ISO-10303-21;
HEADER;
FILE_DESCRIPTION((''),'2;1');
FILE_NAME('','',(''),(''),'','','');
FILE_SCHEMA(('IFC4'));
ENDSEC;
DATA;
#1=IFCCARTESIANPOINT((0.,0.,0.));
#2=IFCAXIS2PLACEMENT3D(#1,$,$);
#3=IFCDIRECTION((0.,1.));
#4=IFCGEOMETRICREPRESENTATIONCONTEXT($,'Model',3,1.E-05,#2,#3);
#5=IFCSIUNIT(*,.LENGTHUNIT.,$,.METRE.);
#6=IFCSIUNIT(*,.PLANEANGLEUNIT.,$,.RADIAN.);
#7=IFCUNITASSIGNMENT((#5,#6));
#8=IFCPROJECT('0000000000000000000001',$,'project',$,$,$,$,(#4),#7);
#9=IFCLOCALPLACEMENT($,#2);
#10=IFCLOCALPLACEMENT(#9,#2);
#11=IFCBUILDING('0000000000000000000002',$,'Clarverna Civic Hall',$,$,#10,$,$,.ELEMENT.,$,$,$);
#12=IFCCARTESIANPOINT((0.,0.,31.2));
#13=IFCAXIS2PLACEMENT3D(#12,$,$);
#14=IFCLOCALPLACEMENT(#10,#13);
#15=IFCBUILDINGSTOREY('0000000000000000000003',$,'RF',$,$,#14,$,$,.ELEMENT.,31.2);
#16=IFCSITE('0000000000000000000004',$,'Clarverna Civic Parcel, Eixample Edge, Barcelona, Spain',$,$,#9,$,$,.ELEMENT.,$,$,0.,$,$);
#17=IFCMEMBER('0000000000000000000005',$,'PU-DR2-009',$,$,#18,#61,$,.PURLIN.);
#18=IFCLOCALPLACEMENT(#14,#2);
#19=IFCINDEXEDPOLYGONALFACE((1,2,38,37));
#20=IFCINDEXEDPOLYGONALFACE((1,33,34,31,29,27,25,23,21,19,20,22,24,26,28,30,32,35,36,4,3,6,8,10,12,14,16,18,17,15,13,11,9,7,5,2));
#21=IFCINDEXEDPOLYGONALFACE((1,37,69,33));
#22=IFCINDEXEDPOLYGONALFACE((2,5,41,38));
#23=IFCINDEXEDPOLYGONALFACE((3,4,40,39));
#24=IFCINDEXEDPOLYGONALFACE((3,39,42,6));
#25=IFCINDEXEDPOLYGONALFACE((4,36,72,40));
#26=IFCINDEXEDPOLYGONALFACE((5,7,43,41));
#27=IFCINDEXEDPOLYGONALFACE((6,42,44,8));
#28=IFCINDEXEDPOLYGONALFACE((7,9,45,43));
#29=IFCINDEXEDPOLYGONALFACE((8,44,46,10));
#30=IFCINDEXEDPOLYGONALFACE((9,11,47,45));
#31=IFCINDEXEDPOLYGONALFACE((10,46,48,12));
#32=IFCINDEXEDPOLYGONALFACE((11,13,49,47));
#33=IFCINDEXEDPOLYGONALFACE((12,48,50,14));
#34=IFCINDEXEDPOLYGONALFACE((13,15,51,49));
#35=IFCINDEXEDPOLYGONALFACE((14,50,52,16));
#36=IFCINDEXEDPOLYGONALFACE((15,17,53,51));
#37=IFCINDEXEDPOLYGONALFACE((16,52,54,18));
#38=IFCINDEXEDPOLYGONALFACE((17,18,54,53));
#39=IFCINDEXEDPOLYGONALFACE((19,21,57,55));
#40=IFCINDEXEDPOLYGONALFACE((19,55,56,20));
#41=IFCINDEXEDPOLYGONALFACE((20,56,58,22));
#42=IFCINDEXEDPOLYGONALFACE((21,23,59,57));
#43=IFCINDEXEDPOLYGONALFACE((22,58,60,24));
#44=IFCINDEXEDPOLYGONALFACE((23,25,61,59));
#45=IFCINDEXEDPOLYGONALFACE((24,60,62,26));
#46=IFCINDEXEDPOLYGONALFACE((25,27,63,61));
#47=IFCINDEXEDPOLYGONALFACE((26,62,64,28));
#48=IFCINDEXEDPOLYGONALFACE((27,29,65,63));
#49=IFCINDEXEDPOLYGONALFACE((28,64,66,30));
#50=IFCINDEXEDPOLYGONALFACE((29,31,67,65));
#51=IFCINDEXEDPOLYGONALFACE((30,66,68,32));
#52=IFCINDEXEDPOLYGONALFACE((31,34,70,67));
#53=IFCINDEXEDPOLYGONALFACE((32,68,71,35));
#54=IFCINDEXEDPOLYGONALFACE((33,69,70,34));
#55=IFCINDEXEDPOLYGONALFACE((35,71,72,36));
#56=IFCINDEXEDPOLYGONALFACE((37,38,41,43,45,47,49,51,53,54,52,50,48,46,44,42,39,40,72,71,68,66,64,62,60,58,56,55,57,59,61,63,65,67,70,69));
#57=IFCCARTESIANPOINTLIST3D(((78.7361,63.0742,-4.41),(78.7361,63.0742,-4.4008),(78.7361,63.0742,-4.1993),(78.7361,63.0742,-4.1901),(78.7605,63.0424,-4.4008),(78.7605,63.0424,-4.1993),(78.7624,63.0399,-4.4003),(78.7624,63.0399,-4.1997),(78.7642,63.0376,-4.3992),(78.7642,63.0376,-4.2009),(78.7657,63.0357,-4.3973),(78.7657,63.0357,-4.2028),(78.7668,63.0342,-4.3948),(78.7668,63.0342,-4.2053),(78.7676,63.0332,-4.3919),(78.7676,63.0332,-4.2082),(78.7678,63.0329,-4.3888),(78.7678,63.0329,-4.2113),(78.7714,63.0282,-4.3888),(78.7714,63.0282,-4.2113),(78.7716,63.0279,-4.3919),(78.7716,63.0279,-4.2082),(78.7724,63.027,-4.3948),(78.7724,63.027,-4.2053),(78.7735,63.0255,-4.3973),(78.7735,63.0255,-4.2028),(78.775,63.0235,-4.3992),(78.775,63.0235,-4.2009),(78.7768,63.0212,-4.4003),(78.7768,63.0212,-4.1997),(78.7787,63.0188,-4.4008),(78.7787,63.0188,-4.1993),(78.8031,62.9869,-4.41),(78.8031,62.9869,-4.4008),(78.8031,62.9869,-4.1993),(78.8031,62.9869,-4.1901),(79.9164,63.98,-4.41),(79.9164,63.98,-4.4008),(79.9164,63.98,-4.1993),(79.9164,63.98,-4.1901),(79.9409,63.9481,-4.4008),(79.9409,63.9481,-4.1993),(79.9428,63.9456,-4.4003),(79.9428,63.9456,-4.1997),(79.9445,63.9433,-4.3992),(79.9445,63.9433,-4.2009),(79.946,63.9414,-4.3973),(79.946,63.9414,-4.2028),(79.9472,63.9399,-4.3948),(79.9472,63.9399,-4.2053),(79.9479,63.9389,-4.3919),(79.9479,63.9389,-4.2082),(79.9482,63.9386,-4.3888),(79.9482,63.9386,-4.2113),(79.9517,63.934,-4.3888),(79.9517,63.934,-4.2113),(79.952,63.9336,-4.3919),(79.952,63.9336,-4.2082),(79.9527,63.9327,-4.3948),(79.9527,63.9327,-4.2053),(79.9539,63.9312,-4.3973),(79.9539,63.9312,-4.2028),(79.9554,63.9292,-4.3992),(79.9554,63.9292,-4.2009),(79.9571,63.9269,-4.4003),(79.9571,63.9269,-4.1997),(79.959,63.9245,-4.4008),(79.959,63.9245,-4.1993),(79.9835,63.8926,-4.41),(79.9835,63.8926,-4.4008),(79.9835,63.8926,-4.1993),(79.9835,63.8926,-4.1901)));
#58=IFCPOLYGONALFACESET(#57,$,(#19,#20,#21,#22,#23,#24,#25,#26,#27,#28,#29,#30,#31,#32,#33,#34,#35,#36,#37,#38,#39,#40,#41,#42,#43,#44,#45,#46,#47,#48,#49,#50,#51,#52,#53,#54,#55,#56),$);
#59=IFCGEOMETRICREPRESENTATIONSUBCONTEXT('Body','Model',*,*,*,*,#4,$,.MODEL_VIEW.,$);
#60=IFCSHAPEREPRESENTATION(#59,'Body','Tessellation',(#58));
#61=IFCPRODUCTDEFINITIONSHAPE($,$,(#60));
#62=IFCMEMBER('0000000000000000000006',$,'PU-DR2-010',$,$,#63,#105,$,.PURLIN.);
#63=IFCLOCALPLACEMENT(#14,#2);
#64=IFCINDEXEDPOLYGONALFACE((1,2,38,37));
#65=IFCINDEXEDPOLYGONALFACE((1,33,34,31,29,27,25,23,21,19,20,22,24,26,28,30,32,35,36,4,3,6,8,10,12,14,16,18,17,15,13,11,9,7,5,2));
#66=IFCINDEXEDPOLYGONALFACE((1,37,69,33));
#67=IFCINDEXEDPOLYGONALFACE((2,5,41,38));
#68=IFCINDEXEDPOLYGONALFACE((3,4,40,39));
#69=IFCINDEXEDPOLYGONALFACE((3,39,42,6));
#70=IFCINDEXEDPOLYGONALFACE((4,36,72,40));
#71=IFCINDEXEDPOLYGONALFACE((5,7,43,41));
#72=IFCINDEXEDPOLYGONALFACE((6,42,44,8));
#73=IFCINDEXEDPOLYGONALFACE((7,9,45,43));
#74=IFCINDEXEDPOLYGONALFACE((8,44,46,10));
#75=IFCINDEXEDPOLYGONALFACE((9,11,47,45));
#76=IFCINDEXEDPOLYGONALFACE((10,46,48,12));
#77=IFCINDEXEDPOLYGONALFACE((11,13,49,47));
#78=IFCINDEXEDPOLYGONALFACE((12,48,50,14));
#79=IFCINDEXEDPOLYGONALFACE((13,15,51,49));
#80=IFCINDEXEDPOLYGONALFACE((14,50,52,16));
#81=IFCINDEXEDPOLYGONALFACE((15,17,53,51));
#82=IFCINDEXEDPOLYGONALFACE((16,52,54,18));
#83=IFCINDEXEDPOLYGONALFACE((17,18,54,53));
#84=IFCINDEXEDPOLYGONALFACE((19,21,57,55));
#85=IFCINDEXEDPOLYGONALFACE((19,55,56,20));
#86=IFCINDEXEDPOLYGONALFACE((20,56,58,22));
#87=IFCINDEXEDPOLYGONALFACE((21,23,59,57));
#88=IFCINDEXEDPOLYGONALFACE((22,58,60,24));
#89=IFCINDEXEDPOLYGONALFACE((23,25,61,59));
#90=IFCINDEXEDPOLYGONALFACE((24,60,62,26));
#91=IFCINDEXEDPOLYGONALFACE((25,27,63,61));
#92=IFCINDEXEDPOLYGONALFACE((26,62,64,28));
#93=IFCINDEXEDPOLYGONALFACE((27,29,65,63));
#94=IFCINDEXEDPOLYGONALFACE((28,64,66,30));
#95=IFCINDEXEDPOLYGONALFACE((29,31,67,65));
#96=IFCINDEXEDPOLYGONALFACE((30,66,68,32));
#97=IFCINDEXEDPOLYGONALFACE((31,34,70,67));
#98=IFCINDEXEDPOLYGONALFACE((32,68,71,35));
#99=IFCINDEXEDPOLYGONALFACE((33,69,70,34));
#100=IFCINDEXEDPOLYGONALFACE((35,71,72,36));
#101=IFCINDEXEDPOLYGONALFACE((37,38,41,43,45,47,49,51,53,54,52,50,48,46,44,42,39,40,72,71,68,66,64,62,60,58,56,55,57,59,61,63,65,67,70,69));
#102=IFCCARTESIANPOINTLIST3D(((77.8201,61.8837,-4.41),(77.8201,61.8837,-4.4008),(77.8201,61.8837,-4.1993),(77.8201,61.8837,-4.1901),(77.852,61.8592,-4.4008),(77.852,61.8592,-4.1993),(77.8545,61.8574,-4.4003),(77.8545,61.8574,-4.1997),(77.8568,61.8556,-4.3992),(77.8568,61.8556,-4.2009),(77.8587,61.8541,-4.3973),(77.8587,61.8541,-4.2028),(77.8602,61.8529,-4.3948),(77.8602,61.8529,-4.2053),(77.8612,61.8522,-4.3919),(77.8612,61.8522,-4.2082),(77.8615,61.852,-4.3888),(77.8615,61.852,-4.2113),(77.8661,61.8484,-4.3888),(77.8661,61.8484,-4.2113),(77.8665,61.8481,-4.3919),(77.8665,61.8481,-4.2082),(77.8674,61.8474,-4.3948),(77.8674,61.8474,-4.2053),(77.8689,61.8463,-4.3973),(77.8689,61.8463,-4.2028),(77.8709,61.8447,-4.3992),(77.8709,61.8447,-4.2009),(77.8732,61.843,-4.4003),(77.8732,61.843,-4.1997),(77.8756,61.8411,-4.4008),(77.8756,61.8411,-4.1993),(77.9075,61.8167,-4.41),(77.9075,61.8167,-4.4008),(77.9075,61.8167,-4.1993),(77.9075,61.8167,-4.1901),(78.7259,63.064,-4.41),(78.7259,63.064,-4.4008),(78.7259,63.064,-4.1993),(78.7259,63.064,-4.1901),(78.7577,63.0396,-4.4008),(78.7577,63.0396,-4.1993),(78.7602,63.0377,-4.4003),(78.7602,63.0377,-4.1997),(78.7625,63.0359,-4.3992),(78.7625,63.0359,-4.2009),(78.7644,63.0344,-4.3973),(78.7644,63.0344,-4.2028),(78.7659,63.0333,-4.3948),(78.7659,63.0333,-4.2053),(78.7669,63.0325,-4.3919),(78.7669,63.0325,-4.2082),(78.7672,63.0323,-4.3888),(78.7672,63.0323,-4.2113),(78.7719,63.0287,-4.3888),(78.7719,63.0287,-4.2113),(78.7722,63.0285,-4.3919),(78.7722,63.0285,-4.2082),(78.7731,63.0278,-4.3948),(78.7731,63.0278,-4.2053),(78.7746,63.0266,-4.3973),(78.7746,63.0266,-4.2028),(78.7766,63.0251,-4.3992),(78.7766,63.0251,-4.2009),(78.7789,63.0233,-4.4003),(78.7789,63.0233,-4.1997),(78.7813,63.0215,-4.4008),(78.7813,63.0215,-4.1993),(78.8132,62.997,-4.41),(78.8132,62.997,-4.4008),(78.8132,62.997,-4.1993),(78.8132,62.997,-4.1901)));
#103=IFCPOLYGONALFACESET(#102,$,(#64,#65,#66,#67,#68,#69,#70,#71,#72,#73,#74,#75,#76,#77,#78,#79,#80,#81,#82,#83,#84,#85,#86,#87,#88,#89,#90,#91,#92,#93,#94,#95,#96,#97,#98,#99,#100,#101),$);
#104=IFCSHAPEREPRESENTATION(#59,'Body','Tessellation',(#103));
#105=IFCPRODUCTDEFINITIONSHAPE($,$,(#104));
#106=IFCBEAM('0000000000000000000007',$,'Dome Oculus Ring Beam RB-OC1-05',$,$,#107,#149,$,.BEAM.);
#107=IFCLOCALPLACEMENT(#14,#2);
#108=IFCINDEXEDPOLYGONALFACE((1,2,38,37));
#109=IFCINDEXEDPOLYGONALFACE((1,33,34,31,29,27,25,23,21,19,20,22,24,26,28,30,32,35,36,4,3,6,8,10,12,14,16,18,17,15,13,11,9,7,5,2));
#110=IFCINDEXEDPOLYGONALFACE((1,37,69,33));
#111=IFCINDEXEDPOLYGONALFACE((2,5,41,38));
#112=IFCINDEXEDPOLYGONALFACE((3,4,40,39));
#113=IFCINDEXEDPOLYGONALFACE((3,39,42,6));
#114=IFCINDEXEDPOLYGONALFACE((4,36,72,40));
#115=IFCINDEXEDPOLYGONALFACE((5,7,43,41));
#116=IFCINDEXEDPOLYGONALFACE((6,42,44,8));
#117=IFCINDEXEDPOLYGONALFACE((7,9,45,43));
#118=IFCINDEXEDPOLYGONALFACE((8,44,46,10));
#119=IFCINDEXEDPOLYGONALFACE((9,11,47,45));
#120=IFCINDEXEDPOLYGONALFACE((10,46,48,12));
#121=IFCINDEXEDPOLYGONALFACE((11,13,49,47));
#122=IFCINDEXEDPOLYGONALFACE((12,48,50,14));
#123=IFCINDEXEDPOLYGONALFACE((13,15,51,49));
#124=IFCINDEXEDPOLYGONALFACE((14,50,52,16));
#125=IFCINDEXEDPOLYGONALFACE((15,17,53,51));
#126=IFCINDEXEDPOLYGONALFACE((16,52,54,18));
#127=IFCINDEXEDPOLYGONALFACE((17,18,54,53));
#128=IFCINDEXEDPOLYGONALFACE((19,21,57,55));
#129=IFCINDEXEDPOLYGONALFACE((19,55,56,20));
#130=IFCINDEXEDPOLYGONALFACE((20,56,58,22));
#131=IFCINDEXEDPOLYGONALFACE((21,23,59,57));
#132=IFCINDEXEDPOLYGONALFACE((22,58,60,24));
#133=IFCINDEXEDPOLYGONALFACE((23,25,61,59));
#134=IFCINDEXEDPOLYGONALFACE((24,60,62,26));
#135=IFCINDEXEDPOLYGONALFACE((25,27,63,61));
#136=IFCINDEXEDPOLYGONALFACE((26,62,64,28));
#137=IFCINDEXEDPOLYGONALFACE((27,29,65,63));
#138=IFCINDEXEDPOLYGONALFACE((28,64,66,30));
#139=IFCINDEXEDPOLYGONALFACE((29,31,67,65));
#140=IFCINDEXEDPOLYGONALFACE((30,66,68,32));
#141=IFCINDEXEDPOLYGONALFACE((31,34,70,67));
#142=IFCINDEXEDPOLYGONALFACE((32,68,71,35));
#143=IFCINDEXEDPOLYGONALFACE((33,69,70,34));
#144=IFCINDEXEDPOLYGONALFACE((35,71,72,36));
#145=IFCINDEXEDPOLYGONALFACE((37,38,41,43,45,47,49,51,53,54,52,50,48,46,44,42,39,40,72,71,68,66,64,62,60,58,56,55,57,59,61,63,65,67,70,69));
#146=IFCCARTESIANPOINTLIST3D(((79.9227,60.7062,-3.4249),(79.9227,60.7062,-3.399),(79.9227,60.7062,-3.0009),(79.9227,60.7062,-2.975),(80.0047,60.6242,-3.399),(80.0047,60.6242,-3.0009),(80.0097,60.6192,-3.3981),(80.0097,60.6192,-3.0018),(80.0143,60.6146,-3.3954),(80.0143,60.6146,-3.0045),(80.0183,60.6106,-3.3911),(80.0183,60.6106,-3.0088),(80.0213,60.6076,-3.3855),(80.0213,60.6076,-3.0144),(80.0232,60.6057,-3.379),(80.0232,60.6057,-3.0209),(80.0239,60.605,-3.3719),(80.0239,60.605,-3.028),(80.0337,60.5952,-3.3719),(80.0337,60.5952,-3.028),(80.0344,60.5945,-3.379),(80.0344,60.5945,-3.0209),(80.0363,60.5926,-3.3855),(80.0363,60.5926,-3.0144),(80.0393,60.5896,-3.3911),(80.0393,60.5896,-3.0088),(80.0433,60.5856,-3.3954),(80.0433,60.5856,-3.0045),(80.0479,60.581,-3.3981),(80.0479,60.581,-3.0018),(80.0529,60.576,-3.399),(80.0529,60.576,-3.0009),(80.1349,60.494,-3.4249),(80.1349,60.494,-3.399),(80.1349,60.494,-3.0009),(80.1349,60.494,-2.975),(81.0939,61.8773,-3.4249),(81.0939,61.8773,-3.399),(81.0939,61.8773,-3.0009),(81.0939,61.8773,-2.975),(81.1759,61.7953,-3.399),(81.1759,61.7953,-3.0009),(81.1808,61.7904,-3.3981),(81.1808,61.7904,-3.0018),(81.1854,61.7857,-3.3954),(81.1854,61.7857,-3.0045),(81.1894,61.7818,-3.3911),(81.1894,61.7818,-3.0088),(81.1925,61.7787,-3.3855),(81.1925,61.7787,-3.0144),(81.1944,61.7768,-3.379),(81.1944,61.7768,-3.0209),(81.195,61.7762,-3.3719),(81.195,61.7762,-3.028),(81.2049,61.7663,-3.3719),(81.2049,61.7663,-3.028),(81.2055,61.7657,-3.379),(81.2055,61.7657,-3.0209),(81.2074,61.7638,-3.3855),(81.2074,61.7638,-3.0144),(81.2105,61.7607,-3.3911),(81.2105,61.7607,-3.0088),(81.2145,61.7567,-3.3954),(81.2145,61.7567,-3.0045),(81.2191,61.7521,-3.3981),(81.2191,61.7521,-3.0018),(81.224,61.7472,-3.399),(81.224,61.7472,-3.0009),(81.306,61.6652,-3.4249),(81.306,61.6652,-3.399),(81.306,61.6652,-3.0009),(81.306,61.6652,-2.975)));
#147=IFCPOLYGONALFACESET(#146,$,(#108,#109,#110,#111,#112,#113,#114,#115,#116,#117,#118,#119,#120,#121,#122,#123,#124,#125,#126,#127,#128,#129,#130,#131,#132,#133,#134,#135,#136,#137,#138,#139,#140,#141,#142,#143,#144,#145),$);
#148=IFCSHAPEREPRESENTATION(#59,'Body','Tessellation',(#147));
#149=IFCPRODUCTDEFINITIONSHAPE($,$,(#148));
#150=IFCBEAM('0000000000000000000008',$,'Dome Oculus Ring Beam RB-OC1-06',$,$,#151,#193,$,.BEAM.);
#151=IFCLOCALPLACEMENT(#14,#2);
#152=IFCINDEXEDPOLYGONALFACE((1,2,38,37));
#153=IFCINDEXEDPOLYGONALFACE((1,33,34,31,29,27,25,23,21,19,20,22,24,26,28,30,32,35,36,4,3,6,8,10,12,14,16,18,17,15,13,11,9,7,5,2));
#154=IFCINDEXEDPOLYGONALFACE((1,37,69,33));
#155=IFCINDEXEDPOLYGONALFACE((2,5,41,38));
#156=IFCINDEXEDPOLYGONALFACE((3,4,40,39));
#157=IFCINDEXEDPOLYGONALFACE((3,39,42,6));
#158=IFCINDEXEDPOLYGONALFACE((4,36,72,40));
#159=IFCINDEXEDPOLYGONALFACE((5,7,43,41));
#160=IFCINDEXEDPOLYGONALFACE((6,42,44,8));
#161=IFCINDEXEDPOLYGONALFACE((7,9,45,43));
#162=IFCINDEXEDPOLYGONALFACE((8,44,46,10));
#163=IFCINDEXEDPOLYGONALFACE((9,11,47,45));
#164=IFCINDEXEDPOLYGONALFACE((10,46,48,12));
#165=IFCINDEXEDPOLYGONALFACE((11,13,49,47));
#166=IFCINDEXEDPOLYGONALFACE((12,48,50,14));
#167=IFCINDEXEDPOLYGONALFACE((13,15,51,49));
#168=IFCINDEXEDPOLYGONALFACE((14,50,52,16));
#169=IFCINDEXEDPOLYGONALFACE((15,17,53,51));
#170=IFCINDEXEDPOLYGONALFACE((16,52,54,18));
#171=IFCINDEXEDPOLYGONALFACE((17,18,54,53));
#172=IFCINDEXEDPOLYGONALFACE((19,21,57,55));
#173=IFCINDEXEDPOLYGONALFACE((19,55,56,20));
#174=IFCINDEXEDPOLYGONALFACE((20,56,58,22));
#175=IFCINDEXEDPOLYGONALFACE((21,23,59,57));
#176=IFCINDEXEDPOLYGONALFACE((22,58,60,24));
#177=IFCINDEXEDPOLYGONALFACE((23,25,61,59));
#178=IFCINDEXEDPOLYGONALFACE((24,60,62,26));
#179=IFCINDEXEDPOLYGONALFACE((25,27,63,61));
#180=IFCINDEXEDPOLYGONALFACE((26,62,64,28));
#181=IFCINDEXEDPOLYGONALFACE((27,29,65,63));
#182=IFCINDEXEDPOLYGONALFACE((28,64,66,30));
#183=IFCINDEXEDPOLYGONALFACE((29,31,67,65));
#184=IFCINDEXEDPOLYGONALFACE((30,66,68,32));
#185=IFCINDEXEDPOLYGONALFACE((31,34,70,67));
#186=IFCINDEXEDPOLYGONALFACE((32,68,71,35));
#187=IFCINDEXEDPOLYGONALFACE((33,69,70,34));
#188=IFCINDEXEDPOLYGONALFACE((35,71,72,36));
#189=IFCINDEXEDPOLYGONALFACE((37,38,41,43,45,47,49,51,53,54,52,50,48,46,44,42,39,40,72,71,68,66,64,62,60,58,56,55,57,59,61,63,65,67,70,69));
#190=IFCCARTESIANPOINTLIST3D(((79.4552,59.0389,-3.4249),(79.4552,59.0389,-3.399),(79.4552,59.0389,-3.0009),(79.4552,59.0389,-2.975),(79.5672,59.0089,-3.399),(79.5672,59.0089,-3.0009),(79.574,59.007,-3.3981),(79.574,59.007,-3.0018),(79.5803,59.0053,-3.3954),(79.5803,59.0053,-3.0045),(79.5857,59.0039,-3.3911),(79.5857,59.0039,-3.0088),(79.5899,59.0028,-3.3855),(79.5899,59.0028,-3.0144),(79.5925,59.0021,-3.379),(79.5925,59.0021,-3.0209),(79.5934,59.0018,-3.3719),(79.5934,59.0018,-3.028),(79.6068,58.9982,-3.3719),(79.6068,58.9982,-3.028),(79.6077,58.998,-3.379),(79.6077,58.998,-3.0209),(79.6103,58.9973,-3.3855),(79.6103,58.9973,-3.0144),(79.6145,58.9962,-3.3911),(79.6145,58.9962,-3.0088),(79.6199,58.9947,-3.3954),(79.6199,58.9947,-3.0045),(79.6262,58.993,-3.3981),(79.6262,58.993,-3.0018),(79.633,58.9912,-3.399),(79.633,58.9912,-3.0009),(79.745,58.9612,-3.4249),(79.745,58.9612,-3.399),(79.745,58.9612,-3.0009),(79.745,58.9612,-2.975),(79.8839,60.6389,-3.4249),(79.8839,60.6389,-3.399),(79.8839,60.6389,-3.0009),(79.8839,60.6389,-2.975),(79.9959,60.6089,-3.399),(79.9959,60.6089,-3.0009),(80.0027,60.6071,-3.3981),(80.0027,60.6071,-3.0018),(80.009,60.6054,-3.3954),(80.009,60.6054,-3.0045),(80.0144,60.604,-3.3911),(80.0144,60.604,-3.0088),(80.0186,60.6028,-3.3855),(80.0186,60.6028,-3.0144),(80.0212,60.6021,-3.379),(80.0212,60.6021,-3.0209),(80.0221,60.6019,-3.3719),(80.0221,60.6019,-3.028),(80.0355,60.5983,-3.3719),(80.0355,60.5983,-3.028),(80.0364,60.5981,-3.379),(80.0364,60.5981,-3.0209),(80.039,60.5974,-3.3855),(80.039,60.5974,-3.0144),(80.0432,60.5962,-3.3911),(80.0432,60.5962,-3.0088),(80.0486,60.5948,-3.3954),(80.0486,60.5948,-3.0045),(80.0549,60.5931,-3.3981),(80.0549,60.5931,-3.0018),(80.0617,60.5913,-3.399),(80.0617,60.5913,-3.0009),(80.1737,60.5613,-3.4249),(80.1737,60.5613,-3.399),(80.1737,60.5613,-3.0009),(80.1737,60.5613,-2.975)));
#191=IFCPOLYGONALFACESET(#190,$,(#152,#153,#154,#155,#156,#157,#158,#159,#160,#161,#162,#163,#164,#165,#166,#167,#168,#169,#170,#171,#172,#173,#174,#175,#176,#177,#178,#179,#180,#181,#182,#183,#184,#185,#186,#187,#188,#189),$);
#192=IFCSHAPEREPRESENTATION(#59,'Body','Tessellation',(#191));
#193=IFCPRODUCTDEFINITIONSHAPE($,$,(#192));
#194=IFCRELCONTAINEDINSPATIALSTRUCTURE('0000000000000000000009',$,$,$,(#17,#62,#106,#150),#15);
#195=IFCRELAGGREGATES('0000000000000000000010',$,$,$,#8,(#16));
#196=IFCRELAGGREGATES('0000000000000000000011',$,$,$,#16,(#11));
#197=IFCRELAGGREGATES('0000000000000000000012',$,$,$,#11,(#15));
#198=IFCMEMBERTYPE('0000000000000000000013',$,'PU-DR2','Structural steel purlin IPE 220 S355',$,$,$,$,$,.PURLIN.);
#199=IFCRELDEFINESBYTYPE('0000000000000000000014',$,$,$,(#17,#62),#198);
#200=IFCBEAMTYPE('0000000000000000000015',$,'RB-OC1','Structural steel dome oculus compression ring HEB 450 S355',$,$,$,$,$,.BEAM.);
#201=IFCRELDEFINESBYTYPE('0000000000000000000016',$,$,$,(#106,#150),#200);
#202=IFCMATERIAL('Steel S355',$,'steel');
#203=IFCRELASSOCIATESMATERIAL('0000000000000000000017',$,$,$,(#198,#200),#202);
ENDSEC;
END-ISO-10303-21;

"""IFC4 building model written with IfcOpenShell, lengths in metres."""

from ifc_helpers import new_model, si_unit, direction, frame, origin, origin_2d, place, context, subcontext, project, spatial, i_section, extrude, material, material_profile, profile_set, type_object, element, save


model = new_model("IFC4")

# Units and contexts
model_context = context("Model", 3, precision=1e-05, world=origin(), true_north=direction((0.0, 1.0)))
body_context = subcontext(model_context, "Body", "Model", "MODEL_VIEW")
ifc_project = project(units=[si_unit("LENGTHUNIT", "METRE"), si_unit("PLANEANGLEUNIT", "RADIAN")], contexts=[model_context])

# Site, building, storey
site_placement = place(None, origin())
site = spatial("IfcSite", under=ifc_project, at=site_placement, Name="Clarverna Civic Parcel, Eixample Edge, Barcelona, Spain", CompositionType="ELEMENT", RefElevation=0.0)
building_placement = place(site_placement, origin())
building = spatial("IfcBuilding", under=site, at=building_placement, Name="Clarverna Civic Hall", CompositionType="ELEMENT")
storey_placement = place(building_placement, frame((0.0, 0.0, 31.2)))
storey = spatial("IfcBuildingStorey", under=building, at=storey_placement, Name="RF", CompositionType="ELEMENT", Elevation=31.2)

# Members
ifc_material_1 = material(Name="Steel S355", Category="steel")
ifc_material_profile_1 = material_profile(ifc_material_1, i_section(OverallWidth=0.1101, OverallDepth=0.22, WebThickness=0.0059, FlangeThickness=0.0093, FilletRadius=0.012, at=origin_2d()), Name="IPE 220")
ifc_profile_set_1 = profile_set([ifc_material_profile_1], Name="Steel S355")
member_type_1 = type_object("IfcMemberType", Name="PU-DR2", Description="Structural steel purlin IPE 220 S355", PredefinedType="PURLIN", material=ifc_profile_set_1)
for number, where, z_axis, x_axis, name in (
    (1, (79.95, 63.9363, -4.3), (-0.793355, -0.608759, 0.0), (0.608759, -0.793355, 0.0), "PU-DR2-009"),
    (2, (78.7695, 63.0305, -4.3), (-0.608759, -0.793355, 0.0), (0.793355, -0.608759, 0.0), "PU-DR2-010"),
):
    element("IfcMember", number, at=place(storey_placement, frame(where, z_axis=z_axis, x_axis=x_axis)), inside=storey, type_object=member_type_1, Name=name, PredefinedType="PURLIN", context=body_context, shape_type="SweptSolid", body=[
        extrude(i_section(OverallWidth=0.1101, OverallDepth=0.22, WebThickness=0.0059, FlangeThickness=0.0093, FilletRadius=0.012, at=origin_2d()), origin(), (0.0, 0.0, 1.0), 1.4878),
    ])

# Beams
ifc_material_profile_2 = material_profile(ifc_material_1, i_section(OverallWidth=0.3, OverallDepth=0.45, WebThickness=0.0139, FlangeThickness=0.0259, FilletRadius=0.0271, at=origin_2d()), Name="HEB 450")
ifc_profile_set_2 = profile_set([ifc_material_profile_2], Name="Steel S355")
beam_type_1 = type_object("IfcBeamType", Name="RB-OC1", Description="Structural steel dome oculus compression ring HEB 450 S355", PredefinedType="BEAM", material=ifc_profile_set_2)
beam_1_placement = place(storey_placement, frame((81.2, 61.7712, -3.2), z_axis=(-0.707107, -0.707107, 0.0), x_axis=(0.707107, -0.707107, 0.0)))
element("IfcBeam", 3, at=beam_1_placement, inside=storey, type_object=beam_type_1, Name="Dome Oculus Ring Beam RB-OC1-05", PredefinedType="BEAM", context=body_context, shape_type="SweptSolid", body=[
    extrude(i_section(OverallWidth=0.3, OverallDepth=0.45, WebThickness=0.0139, FlangeThickness=0.0259, FilletRadius=0.0271, at=origin_2d()), origin(), (0.0, 0.0, 1.0), 1.6562),
])
beam_2_placement = place(storey_placement, frame((80.0288, 60.6001, -3.2), z_axis=(-0.2588, -0.965931, 0.0), x_axis=(0.965931, -0.2588, 0.0)))
element("IfcBeam", 4, at=beam_2_placement, inside=storey, type_object=beam_type_1, Name="Dome Oculus Ring Beam RB-OC1-06", PredefinedType="BEAM", context=body_context, shape_type="SweptSolid", body=[
    extrude(i_section(OverallWidth=0.3, OverallDepth=0.45, WebThickness=0.0139, FlangeThickness=0.0259, FilletRadius=0.0271, at=origin_2d()), origin(), (0.0, 0.0, 1.0), 1.6565),
])

save(model, "model.ifc")
